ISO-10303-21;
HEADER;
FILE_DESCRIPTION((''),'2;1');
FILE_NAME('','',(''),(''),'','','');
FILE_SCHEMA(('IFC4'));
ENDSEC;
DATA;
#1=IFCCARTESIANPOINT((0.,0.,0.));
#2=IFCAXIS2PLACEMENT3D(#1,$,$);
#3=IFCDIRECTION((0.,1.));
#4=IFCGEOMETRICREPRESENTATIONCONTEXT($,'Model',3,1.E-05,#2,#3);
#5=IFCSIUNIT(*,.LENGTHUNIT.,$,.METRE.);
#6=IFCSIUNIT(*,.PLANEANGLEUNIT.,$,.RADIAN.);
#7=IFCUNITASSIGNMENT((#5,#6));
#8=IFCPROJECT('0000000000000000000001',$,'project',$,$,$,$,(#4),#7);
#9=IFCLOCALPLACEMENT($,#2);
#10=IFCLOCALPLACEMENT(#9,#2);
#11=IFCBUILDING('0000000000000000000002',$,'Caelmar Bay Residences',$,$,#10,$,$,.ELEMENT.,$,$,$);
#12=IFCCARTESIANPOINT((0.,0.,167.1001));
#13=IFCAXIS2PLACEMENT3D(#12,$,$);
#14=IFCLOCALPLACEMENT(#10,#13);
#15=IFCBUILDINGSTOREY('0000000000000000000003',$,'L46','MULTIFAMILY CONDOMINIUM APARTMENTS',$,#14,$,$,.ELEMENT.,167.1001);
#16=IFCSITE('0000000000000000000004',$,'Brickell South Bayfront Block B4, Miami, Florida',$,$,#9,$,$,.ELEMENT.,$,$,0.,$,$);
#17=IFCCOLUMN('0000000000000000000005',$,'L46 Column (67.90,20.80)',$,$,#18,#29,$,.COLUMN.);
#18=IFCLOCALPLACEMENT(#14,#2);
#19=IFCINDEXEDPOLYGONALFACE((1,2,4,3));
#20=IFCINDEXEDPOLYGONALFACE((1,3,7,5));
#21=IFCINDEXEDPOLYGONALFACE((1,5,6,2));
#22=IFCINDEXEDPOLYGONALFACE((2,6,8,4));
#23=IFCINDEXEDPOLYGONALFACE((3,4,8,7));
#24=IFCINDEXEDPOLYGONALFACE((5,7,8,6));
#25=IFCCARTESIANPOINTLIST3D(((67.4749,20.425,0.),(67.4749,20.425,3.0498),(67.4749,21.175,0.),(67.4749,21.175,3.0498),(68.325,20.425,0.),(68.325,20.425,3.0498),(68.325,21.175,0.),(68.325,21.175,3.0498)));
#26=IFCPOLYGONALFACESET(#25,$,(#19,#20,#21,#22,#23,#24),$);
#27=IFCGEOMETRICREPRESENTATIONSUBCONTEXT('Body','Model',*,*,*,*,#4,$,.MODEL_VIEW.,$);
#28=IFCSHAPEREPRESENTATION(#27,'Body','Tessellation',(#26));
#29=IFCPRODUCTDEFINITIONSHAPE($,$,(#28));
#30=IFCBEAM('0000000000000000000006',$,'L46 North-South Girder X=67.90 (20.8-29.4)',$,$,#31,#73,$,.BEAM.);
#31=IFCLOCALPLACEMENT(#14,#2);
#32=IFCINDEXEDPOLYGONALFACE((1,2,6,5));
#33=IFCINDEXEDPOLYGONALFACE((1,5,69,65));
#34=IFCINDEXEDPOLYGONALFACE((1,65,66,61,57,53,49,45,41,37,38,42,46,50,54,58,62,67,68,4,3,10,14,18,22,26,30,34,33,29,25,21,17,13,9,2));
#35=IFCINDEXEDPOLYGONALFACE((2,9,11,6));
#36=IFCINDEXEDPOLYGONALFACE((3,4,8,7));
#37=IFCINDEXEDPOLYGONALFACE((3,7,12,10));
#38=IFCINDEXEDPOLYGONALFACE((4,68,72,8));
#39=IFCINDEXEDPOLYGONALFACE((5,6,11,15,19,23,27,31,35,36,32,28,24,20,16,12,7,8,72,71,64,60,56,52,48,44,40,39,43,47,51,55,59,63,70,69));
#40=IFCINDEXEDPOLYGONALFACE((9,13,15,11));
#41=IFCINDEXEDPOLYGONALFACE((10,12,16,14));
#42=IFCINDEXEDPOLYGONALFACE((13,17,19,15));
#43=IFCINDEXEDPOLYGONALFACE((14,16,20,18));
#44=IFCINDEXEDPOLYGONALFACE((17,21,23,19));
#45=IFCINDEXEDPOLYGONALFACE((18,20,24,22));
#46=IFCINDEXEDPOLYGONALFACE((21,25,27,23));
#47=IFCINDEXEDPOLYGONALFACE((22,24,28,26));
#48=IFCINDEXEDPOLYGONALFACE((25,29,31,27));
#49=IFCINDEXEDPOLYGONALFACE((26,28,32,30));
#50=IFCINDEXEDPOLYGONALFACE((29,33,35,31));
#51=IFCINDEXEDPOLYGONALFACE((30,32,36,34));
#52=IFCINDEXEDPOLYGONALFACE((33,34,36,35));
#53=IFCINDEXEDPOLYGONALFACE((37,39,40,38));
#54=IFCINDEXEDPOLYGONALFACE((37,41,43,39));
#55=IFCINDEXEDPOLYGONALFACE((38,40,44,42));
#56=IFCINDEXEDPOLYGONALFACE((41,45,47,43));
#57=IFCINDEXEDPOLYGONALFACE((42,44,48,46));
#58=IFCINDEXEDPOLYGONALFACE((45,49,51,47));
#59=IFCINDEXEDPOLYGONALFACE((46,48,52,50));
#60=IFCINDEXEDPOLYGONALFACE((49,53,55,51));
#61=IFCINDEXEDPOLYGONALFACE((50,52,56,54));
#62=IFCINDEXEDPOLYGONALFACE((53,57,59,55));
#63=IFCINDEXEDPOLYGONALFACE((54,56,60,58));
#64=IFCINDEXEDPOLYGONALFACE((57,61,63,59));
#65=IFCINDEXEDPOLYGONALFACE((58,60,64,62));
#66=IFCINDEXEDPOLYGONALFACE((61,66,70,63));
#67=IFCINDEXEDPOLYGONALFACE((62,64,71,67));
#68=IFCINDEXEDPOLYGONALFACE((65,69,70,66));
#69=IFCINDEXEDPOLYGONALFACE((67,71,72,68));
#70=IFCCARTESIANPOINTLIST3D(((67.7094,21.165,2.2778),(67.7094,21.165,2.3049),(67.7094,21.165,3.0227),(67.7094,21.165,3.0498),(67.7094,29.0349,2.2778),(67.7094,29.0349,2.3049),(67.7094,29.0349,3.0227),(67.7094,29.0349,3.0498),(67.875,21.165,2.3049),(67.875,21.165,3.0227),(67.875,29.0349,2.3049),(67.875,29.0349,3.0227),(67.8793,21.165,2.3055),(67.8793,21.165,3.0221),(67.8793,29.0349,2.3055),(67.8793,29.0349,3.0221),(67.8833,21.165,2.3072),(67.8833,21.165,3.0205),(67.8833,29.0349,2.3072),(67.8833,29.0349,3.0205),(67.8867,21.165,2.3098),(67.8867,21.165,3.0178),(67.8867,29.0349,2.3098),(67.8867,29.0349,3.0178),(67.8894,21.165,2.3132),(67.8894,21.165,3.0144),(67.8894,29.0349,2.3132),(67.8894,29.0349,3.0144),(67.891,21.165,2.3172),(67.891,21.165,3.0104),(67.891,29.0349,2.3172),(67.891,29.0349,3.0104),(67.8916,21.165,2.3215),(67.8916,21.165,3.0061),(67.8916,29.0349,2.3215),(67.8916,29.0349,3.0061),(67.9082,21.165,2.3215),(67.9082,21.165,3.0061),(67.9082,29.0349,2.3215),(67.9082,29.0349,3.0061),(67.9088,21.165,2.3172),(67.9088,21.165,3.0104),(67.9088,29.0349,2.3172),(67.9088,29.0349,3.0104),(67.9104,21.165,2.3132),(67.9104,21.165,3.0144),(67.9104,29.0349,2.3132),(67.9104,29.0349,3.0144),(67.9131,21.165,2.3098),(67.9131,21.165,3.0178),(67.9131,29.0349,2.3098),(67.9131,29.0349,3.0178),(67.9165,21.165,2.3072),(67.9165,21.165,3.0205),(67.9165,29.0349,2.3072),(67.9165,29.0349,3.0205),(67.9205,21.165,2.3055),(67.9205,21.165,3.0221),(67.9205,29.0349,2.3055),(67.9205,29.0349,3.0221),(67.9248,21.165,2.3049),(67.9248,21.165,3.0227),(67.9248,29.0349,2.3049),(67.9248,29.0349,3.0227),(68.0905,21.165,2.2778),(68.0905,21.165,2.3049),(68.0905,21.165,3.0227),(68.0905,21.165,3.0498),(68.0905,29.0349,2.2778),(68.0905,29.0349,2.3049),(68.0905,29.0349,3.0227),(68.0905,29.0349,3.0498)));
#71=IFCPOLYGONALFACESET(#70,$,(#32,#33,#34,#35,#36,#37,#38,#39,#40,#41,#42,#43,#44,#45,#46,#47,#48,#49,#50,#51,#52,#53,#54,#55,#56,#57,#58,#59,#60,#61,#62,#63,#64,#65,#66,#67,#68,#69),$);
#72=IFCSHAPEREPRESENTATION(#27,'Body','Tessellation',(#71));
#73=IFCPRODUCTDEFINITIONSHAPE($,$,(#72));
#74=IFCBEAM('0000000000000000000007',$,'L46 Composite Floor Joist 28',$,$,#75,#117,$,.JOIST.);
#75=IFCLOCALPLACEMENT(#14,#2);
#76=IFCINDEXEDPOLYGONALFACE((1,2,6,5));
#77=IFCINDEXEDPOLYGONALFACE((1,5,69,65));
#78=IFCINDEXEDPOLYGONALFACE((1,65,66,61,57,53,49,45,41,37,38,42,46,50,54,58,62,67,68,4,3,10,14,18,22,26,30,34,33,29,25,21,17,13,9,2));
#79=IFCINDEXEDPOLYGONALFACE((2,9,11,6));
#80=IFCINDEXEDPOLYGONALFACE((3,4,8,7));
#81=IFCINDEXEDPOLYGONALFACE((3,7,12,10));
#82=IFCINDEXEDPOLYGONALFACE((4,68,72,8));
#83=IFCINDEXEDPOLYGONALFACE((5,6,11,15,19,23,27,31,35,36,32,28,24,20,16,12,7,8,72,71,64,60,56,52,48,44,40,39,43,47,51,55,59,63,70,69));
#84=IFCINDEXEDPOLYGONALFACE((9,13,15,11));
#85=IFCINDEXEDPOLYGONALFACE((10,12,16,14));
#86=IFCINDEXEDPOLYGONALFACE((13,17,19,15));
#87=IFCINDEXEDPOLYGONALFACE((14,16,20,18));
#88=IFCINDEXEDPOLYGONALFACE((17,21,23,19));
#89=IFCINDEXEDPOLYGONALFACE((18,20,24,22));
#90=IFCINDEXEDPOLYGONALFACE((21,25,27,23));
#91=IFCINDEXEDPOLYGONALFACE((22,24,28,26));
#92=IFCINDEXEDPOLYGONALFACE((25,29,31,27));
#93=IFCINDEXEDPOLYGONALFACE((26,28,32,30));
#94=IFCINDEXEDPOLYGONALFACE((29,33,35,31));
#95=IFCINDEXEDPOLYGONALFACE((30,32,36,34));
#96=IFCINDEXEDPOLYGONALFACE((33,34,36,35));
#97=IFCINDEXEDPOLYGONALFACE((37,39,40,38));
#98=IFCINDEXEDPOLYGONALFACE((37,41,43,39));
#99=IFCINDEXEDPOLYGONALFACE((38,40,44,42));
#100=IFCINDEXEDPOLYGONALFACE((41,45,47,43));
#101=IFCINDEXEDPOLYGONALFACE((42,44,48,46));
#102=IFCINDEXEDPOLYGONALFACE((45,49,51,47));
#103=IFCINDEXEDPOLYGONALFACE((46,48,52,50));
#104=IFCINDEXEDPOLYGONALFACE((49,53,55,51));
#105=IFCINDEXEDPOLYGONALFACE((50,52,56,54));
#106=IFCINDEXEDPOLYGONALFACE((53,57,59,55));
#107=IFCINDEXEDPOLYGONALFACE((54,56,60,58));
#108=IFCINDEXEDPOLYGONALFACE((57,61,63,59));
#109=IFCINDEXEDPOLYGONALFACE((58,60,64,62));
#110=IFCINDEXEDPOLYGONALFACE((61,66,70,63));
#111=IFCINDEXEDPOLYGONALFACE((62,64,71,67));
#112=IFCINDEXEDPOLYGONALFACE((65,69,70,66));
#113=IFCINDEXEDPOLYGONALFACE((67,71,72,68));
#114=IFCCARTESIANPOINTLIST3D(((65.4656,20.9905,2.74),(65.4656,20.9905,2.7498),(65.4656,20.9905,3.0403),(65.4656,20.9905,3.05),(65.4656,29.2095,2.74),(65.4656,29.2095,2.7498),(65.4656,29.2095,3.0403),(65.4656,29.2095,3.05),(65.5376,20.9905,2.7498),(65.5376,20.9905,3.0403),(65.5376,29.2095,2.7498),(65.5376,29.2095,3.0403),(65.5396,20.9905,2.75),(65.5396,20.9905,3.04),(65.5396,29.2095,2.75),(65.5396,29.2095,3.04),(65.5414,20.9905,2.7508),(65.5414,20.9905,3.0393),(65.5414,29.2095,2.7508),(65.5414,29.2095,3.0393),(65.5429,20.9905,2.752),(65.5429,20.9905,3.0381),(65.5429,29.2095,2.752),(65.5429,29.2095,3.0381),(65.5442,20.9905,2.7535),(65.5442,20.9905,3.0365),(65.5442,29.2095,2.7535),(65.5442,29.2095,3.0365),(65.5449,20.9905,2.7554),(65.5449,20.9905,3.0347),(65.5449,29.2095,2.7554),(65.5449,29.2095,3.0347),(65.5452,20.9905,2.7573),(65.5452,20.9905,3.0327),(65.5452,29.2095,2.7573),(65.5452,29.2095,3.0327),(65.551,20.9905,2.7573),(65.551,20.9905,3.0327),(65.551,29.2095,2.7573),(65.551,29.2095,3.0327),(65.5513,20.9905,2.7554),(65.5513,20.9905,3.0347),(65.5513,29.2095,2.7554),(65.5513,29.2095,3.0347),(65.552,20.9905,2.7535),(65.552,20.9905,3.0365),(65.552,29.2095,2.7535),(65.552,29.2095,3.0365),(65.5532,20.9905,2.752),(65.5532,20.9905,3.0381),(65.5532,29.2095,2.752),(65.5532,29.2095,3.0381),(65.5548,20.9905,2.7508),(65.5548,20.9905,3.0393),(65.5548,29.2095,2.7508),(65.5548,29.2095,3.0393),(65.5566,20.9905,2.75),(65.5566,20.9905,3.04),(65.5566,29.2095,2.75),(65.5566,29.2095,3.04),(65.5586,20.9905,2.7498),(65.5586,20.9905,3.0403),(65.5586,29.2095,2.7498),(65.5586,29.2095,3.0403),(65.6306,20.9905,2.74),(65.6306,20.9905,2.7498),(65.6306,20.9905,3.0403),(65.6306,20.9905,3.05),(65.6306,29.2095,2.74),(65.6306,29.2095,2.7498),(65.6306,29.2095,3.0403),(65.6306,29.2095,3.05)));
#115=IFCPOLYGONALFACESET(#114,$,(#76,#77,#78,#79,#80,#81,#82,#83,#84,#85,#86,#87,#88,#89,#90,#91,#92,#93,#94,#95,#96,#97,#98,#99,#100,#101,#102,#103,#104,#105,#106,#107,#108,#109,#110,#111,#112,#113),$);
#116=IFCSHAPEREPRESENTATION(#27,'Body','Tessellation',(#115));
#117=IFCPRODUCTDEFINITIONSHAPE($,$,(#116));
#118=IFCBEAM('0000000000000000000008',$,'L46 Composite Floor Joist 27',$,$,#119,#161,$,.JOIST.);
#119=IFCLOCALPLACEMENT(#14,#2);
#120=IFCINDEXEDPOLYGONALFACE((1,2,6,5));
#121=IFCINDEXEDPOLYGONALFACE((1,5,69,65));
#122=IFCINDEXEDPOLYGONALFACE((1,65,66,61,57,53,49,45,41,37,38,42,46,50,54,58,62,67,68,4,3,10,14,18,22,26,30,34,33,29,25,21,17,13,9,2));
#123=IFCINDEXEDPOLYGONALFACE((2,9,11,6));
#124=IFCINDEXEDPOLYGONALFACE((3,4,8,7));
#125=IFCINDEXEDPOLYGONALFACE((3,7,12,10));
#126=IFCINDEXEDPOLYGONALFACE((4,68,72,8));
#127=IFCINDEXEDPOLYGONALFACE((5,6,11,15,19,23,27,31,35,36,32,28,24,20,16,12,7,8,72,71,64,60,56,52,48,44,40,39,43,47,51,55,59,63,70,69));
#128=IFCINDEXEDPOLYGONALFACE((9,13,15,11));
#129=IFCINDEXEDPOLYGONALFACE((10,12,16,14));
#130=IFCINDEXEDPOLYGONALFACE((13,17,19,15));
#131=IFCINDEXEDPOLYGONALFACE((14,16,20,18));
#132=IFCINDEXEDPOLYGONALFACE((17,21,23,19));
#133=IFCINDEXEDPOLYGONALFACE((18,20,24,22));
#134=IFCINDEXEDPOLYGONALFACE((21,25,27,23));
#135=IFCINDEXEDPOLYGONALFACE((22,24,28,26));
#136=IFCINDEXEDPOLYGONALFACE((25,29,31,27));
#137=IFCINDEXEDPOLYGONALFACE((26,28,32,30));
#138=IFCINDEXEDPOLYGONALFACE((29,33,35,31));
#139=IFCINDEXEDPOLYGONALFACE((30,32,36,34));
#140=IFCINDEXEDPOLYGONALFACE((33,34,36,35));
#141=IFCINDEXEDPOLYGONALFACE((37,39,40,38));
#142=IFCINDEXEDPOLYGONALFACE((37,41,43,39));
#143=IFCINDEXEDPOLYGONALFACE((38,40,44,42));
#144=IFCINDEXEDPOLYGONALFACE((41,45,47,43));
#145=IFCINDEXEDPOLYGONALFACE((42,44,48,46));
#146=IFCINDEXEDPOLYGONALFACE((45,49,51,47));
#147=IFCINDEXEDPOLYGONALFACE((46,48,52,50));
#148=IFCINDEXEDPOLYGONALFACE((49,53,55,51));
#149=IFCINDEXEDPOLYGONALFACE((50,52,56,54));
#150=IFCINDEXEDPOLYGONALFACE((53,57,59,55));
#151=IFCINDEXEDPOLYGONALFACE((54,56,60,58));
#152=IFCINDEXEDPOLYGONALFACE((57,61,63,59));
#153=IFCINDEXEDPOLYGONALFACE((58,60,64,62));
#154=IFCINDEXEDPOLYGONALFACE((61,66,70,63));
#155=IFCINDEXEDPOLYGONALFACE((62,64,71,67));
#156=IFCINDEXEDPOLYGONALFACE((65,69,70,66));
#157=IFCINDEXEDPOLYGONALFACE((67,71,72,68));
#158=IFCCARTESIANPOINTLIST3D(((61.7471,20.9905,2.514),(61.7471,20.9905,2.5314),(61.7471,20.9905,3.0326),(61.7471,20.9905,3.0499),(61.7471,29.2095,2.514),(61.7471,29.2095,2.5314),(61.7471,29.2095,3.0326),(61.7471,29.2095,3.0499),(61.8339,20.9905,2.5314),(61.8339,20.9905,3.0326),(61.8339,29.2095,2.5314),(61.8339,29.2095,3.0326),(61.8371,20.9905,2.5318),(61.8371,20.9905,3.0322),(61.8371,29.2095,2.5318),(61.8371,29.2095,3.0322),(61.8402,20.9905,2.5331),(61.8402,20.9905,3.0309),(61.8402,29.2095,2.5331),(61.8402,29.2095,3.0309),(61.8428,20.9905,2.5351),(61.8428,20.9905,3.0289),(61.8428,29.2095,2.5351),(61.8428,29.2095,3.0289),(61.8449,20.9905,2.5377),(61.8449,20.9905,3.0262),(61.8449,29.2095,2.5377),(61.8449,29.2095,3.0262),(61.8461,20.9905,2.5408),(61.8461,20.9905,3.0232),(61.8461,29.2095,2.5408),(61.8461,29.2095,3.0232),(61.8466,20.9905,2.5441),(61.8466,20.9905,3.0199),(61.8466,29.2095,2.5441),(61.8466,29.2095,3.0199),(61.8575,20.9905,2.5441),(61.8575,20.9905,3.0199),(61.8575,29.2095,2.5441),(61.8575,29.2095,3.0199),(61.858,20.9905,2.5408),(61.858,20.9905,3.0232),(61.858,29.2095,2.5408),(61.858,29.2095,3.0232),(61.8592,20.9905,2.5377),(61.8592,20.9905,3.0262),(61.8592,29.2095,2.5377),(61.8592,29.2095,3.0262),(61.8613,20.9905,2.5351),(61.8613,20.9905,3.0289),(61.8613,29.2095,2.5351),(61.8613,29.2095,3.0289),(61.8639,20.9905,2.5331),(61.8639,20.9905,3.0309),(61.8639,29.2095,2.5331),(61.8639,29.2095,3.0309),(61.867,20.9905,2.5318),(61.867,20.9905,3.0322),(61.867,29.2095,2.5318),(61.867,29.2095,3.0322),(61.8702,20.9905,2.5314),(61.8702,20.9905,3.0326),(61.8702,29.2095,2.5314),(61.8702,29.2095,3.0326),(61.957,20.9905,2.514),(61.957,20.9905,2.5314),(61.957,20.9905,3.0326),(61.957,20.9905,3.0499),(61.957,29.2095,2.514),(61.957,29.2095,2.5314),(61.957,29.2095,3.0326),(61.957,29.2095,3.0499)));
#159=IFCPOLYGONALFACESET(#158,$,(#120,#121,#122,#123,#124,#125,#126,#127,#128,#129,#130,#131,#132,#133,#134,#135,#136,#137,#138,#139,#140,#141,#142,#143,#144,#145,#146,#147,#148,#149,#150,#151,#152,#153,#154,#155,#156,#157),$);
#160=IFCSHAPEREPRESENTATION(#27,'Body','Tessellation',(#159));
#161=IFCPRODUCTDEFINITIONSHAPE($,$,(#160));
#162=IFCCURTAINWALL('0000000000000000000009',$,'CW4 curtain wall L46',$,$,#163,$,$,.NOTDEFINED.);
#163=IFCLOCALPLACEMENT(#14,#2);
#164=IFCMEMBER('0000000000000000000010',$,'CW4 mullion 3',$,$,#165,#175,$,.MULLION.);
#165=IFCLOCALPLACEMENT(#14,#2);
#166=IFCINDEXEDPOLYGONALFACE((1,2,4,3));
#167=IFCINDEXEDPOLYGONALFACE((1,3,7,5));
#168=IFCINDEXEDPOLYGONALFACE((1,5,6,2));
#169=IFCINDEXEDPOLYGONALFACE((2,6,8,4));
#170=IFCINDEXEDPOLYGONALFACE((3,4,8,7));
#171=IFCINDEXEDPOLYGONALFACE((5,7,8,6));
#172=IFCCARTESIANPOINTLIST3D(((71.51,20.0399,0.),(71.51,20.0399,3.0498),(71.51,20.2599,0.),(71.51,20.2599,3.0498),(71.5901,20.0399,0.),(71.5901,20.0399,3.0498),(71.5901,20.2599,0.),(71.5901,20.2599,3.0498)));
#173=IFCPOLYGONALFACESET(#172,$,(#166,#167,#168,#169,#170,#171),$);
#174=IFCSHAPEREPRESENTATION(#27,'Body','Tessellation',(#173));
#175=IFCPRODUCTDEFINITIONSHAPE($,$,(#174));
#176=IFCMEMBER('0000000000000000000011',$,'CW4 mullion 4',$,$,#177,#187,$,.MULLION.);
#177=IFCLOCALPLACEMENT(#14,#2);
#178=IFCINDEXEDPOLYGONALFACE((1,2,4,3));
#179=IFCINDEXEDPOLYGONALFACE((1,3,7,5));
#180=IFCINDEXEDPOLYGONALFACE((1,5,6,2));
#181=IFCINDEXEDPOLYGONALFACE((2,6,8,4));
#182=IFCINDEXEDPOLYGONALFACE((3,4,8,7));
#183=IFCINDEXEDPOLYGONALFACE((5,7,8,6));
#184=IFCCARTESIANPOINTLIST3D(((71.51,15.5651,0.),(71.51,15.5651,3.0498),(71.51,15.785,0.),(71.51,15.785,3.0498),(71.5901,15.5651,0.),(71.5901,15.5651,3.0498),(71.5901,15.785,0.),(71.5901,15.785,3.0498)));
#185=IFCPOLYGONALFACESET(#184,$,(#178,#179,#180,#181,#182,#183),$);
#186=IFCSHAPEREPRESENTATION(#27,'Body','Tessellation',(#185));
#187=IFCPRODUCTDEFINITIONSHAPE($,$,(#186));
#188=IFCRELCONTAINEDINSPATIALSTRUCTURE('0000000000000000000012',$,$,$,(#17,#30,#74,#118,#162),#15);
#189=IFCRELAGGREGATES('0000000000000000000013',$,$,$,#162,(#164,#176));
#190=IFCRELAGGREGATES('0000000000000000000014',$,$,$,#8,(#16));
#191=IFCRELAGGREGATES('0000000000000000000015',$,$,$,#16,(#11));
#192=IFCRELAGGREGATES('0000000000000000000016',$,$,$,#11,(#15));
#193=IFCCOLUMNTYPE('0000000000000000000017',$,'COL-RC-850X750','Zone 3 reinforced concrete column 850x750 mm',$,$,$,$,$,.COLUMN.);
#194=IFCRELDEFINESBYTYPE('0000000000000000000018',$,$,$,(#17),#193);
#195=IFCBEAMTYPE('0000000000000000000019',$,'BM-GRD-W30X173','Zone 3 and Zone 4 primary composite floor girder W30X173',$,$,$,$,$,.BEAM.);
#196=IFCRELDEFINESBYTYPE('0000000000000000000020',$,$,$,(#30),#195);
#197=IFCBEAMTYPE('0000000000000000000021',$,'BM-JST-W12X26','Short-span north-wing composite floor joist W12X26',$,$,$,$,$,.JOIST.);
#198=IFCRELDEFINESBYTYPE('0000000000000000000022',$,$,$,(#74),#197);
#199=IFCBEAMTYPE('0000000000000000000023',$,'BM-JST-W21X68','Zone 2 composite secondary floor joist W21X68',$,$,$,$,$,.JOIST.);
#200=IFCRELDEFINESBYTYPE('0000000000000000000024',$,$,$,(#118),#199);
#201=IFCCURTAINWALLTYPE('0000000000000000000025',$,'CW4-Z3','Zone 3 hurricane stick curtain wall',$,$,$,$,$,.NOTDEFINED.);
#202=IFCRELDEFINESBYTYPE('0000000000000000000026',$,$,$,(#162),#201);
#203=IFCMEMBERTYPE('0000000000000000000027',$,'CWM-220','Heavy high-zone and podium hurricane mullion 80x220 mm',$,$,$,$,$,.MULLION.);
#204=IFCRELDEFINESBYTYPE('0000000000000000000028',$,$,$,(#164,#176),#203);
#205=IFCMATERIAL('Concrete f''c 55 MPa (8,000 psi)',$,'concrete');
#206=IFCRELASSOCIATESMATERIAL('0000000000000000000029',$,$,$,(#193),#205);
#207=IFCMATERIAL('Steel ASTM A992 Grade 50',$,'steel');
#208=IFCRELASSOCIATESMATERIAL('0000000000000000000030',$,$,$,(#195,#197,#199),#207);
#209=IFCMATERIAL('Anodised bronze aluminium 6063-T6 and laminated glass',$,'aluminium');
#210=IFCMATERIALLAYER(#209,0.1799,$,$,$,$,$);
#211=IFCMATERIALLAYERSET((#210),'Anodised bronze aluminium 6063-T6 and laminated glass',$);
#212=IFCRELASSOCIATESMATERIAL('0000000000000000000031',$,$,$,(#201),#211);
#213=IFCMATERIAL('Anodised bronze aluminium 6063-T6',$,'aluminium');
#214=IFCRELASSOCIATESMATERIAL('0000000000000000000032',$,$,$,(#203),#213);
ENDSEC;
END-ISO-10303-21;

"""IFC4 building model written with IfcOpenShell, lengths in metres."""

from ifc_helpers import new_model, si_unit, direction, frame, origin, origin_2d, place, context, subcontext, project, spatial, rectangle, i_section, extrude, material, layer, layer_set, material_profile, profile_set, type_object, element, aggregate, save


model = new_model("IFC4")

# Units and contexts
model_context = context("Model", 3, precision=1e-05, world=origin(), true_north=direction((0.0, 1.0)))
body_context = subcontext(model_context, "Body", "Model", "MODEL_VIEW")
ifc_project = project(units=[si_unit("LENGTHUNIT", "METRE"), si_unit("PLANEANGLEUNIT", "RADIAN")], contexts=[model_context])

# Site, building, storey
site_placement = place(None, origin())
site = spatial("IfcSite", under=ifc_project, at=site_placement, Name="Brickell South Bayfront Block B4, Miami, Florida", CompositionType="ELEMENT", RefElevation=0.0)
building_placement = place(site_placement, origin())
building = spatial("IfcBuilding", under=site, at=building_placement, Name="Caelmar Bay Residences", CompositionType="ELEMENT")
storey_placement = place(building_placement, frame((0.0, 0.0, 167.1001)))
storey = spatial("IfcBuildingStorey", under=building, at=storey_placement, Name="L46", Description="MULTIFAMILY CONDOMINIUM APARTMENTS", CompositionType="ELEMENT", Elevation=167.1001)

# Column
ifc_material_1 = material(Name="Concrete f'c 55 MPa (8,000 psi)", Category="concrete")
ifc_material_profile_1 = material_profile(ifc_material_1, rectangle(XDim=0.8501, YDim=0.75, at=origin_2d()), Name="RC-COL-850X750")
ifc_profile_set_1 = profile_set([ifc_material_profile_1], Name="Concrete f'c 55 MPa (8,000 psi)")
column_type = type_object("IfcColumnType", Name="COL-RC-850X750", Description="Zone 3 reinforced concrete column 850x750 mm", PredefinedType="COLUMN", material=ifc_profile_set_1)
column_placement = place(storey_placement, frame((67.8999, 20.8, 0.0), z_axis=(0.0, 0.0, 1.0), x_axis=(1.0, 0.0, 0.0)))
element("IfcColumn", 1, at=column_placement, inside=storey, type_object=column_type, Name="L46 Column (67.90,20.80)", PredefinedType="COLUMN", context=body_context, shape_type="SweptSolid", body=[
    extrude(rectangle(XDim=0.8501, YDim=0.75, at=origin_2d()), origin(), (0.0, 0.0, 1.0), 3.0498),
])

# Beams
ifc_material_2 = material(Name="Steel ASTM A992 Grade 50", Category="steel")
ifc_material_profile_2 = material_profile(ifc_material_2, i_section(OverallWidth=0.3811, OverallDepth=0.772, WebThickness=0.0166, FlangeThickness=0.0271, FilletRadius=0.0166, at=origin_2d()), Name="W30X173")
ifc_profile_set_2 = profile_set([ifc_material_profile_2], Name="Steel ASTM A992 Grade 50")
beam_type_1 = type_object("IfcBeamType", Name="BM-GRD-W30X173", Description="Zone 3 and Zone 4 primary composite floor girder W30X173", PredefinedType="BEAM", material=ifc_profile_set_2)
beam_1_placement = place(storey_placement, frame((67.8999, 21.165, 2.6638), z_axis=(0.0, 1.0, 0.0), x_axis=(-1.0, 0.0, 0.0)))
element("IfcBeam", 2, at=beam_1_placement, inside=storey, type_object=beam_type_1, Name="L46 North-South Girder X=67.90 (20.8-29.4)", PredefinedType="BEAM", context=body_context, shape_type="SweptSolid", body=[
    extrude(i_section(OverallWidth=0.3811, OverallDepth=0.772, WebThickness=0.0166, FlangeThickness=0.0271, FilletRadius=0.0166, at=origin_2d()), origin(), (0.0, 0.0, 1.0), 7.8699),
])
ifc_material_profile_3 = material_profile(ifc_material_2, i_section(OverallWidth=0.165, OverallDepth=0.3101, WebThickness=0.0059, FlangeThickness=0.0098, FilletRadius=0.0076, at=origin_2d()), Name="W12X26")
ifc_profile_set_3 = profile_set([ifc_material_profile_3], Name="Steel ASTM A992 Grade 50")
beam_type_2 = type_object("IfcBeamType", Name="BM-JST-W12X26", Description="Short-span north-wing composite floor joist W12X26", PredefinedType="JOIST", material=ifc_profile_set_3)
beam_2_placement = place(storey_placement, frame((65.5481, 20.9905, 2.895), z_axis=(0.0, 1.0, 0.0), x_axis=(-1.0, 0.0, 0.0)))
element("IfcBeam", 3, at=beam_2_placement, inside=storey, type_object=beam_type_2, Name="L46 Composite Floor Joist 28", PredefinedType="JOIST", context=body_context, shape_type="SweptSolid", body=[
    extrude(i_section(OverallWidth=0.165, OverallDepth=0.3101, WebThickness=0.0059, FlangeThickness=0.0098, FilletRadius=0.0076, at=origin_2d()), origin(), (0.0, 0.0, 1.0), 8.219),
])
ifc_material_profile_4 = material_profile(ifc_material_2, i_section(OverallWidth=0.21, OverallDepth=0.5359, WebThickness=0.011, FlangeThickness=0.0173, FilletRadius=0.0127, at=origin_2d()), Name="W21X68")
ifc_profile_set_4 = profile_set([ifc_material_profile_4], Name="Steel ASTM A992 Grade 50")
beam_type_3 = type_object("IfcBeamType", Name="BM-JST-W21X68", Description="Zone 2 composite secondary floor joist W21X68", PredefinedType="JOIST", material=ifc_profile_set_4)
beam_3_placement = place(storey_placement, frame((61.8521, 20.9905, 2.782), z_axis=(0.0, 1.0, 0.0), x_axis=(-1.0, 0.0, 0.0)))
element("IfcBeam", 4, at=beam_3_placement, inside=storey, type_object=beam_type_3, Name="L46 Composite Floor Joist 27", PredefinedType="JOIST", context=body_context, shape_type="SweptSolid", body=[
    extrude(i_section(OverallWidth=0.21, OverallDepth=0.5359, WebThickness=0.011, FlangeThickness=0.0173, FilletRadius=0.0127, at=origin_2d()), origin(), (0.0, 0.0, 1.0), 8.219),
])

# Curtain wall, members
ifc_material_3 = material(Name="Anodised bronze aluminium 6063-T6 and laminated glass", Category="aluminium")
ifc_layer_1 = layer(ifc_material_3, 0.1799)
ifc_layer_set_1 = layer_set([ifc_layer_1], Name="Anodised bronze aluminium 6063-T6 and laminated glass")
curtain_wall_type = type_object("IfcCurtainWallType", Name="CW4-Z3", Description="Zone 3 hurricane stick curtain wall", PredefinedType="NOTDEFINED", material=ifc_layer_set_1)
curtain_wall_placement = place(storey_placement, origin())
curtain_wall = element("IfcCurtainWall", 5, at=curtain_wall_placement, inside=storey, type_object=curtain_wall_type, Name="CW4 curtain wall L46", PredefinedType="NOTDEFINED")
ifc_material_4 = material(Name="Anodised bronze aluminium 6063-T6", Category="aluminium")
ifc_material_profile_5 = material_profile(ifc_material_4, rectangle(XDim=0.0801, YDim=0.22, at=origin_2d()), Name="CWM-80X220")
ifc_profile_set_5 = profile_set([ifc_material_profile_5], Name="Anodised bronze aluminium 6063-T6")
member_type_1 = type_object("IfcMemberType", Name="CWM-220", Description="Heavy high-zone and podium hurricane mullion 80x220 mm", PredefinedType="MULLION", material=ifc_profile_set_5)
member_1_placement = place(storey_placement, frame((71.55, 20.1499, 0.0), z_axis=(0.0, 0.0, 1.0), x_axis=(1.0, 0.0, 0.0)))
member_1 = element("IfcMember", 6, at=member_1_placement, type_object=member_type_1, Name="CW4 mullion 3", PredefinedType="MULLION", context=body_context, shape_type="SweptSolid", body=[
    extrude(rectangle(XDim=0.0801, YDim=0.22, at=origin_2d()), origin(), (0.0, 0.0, 1.0), 3.0498),
])
member_2_placement = place(storey_placement, frame((71.55, 15.675, 0.0), z_axis=(0.0, 0.0, 1.0), x_axis=(1.0, 0.0, 0.0)))
member_2 = element("IfcMember", 7, at=member_2_placement, type_object=member_type_1, Name="CW4 mullion 4", PredefinedType="MULLION", context=body_context, shape_type="SweptSolid", body=[
    extrude(rectangle(XDim=0.0801, YDim=0.22, at=origin_2d()), origin(), (0.0, 0.0, 1.0), 3.0498),
])
aggregate(curtain_wall, [member_1, member_2])

save(model, "model.ifc")
